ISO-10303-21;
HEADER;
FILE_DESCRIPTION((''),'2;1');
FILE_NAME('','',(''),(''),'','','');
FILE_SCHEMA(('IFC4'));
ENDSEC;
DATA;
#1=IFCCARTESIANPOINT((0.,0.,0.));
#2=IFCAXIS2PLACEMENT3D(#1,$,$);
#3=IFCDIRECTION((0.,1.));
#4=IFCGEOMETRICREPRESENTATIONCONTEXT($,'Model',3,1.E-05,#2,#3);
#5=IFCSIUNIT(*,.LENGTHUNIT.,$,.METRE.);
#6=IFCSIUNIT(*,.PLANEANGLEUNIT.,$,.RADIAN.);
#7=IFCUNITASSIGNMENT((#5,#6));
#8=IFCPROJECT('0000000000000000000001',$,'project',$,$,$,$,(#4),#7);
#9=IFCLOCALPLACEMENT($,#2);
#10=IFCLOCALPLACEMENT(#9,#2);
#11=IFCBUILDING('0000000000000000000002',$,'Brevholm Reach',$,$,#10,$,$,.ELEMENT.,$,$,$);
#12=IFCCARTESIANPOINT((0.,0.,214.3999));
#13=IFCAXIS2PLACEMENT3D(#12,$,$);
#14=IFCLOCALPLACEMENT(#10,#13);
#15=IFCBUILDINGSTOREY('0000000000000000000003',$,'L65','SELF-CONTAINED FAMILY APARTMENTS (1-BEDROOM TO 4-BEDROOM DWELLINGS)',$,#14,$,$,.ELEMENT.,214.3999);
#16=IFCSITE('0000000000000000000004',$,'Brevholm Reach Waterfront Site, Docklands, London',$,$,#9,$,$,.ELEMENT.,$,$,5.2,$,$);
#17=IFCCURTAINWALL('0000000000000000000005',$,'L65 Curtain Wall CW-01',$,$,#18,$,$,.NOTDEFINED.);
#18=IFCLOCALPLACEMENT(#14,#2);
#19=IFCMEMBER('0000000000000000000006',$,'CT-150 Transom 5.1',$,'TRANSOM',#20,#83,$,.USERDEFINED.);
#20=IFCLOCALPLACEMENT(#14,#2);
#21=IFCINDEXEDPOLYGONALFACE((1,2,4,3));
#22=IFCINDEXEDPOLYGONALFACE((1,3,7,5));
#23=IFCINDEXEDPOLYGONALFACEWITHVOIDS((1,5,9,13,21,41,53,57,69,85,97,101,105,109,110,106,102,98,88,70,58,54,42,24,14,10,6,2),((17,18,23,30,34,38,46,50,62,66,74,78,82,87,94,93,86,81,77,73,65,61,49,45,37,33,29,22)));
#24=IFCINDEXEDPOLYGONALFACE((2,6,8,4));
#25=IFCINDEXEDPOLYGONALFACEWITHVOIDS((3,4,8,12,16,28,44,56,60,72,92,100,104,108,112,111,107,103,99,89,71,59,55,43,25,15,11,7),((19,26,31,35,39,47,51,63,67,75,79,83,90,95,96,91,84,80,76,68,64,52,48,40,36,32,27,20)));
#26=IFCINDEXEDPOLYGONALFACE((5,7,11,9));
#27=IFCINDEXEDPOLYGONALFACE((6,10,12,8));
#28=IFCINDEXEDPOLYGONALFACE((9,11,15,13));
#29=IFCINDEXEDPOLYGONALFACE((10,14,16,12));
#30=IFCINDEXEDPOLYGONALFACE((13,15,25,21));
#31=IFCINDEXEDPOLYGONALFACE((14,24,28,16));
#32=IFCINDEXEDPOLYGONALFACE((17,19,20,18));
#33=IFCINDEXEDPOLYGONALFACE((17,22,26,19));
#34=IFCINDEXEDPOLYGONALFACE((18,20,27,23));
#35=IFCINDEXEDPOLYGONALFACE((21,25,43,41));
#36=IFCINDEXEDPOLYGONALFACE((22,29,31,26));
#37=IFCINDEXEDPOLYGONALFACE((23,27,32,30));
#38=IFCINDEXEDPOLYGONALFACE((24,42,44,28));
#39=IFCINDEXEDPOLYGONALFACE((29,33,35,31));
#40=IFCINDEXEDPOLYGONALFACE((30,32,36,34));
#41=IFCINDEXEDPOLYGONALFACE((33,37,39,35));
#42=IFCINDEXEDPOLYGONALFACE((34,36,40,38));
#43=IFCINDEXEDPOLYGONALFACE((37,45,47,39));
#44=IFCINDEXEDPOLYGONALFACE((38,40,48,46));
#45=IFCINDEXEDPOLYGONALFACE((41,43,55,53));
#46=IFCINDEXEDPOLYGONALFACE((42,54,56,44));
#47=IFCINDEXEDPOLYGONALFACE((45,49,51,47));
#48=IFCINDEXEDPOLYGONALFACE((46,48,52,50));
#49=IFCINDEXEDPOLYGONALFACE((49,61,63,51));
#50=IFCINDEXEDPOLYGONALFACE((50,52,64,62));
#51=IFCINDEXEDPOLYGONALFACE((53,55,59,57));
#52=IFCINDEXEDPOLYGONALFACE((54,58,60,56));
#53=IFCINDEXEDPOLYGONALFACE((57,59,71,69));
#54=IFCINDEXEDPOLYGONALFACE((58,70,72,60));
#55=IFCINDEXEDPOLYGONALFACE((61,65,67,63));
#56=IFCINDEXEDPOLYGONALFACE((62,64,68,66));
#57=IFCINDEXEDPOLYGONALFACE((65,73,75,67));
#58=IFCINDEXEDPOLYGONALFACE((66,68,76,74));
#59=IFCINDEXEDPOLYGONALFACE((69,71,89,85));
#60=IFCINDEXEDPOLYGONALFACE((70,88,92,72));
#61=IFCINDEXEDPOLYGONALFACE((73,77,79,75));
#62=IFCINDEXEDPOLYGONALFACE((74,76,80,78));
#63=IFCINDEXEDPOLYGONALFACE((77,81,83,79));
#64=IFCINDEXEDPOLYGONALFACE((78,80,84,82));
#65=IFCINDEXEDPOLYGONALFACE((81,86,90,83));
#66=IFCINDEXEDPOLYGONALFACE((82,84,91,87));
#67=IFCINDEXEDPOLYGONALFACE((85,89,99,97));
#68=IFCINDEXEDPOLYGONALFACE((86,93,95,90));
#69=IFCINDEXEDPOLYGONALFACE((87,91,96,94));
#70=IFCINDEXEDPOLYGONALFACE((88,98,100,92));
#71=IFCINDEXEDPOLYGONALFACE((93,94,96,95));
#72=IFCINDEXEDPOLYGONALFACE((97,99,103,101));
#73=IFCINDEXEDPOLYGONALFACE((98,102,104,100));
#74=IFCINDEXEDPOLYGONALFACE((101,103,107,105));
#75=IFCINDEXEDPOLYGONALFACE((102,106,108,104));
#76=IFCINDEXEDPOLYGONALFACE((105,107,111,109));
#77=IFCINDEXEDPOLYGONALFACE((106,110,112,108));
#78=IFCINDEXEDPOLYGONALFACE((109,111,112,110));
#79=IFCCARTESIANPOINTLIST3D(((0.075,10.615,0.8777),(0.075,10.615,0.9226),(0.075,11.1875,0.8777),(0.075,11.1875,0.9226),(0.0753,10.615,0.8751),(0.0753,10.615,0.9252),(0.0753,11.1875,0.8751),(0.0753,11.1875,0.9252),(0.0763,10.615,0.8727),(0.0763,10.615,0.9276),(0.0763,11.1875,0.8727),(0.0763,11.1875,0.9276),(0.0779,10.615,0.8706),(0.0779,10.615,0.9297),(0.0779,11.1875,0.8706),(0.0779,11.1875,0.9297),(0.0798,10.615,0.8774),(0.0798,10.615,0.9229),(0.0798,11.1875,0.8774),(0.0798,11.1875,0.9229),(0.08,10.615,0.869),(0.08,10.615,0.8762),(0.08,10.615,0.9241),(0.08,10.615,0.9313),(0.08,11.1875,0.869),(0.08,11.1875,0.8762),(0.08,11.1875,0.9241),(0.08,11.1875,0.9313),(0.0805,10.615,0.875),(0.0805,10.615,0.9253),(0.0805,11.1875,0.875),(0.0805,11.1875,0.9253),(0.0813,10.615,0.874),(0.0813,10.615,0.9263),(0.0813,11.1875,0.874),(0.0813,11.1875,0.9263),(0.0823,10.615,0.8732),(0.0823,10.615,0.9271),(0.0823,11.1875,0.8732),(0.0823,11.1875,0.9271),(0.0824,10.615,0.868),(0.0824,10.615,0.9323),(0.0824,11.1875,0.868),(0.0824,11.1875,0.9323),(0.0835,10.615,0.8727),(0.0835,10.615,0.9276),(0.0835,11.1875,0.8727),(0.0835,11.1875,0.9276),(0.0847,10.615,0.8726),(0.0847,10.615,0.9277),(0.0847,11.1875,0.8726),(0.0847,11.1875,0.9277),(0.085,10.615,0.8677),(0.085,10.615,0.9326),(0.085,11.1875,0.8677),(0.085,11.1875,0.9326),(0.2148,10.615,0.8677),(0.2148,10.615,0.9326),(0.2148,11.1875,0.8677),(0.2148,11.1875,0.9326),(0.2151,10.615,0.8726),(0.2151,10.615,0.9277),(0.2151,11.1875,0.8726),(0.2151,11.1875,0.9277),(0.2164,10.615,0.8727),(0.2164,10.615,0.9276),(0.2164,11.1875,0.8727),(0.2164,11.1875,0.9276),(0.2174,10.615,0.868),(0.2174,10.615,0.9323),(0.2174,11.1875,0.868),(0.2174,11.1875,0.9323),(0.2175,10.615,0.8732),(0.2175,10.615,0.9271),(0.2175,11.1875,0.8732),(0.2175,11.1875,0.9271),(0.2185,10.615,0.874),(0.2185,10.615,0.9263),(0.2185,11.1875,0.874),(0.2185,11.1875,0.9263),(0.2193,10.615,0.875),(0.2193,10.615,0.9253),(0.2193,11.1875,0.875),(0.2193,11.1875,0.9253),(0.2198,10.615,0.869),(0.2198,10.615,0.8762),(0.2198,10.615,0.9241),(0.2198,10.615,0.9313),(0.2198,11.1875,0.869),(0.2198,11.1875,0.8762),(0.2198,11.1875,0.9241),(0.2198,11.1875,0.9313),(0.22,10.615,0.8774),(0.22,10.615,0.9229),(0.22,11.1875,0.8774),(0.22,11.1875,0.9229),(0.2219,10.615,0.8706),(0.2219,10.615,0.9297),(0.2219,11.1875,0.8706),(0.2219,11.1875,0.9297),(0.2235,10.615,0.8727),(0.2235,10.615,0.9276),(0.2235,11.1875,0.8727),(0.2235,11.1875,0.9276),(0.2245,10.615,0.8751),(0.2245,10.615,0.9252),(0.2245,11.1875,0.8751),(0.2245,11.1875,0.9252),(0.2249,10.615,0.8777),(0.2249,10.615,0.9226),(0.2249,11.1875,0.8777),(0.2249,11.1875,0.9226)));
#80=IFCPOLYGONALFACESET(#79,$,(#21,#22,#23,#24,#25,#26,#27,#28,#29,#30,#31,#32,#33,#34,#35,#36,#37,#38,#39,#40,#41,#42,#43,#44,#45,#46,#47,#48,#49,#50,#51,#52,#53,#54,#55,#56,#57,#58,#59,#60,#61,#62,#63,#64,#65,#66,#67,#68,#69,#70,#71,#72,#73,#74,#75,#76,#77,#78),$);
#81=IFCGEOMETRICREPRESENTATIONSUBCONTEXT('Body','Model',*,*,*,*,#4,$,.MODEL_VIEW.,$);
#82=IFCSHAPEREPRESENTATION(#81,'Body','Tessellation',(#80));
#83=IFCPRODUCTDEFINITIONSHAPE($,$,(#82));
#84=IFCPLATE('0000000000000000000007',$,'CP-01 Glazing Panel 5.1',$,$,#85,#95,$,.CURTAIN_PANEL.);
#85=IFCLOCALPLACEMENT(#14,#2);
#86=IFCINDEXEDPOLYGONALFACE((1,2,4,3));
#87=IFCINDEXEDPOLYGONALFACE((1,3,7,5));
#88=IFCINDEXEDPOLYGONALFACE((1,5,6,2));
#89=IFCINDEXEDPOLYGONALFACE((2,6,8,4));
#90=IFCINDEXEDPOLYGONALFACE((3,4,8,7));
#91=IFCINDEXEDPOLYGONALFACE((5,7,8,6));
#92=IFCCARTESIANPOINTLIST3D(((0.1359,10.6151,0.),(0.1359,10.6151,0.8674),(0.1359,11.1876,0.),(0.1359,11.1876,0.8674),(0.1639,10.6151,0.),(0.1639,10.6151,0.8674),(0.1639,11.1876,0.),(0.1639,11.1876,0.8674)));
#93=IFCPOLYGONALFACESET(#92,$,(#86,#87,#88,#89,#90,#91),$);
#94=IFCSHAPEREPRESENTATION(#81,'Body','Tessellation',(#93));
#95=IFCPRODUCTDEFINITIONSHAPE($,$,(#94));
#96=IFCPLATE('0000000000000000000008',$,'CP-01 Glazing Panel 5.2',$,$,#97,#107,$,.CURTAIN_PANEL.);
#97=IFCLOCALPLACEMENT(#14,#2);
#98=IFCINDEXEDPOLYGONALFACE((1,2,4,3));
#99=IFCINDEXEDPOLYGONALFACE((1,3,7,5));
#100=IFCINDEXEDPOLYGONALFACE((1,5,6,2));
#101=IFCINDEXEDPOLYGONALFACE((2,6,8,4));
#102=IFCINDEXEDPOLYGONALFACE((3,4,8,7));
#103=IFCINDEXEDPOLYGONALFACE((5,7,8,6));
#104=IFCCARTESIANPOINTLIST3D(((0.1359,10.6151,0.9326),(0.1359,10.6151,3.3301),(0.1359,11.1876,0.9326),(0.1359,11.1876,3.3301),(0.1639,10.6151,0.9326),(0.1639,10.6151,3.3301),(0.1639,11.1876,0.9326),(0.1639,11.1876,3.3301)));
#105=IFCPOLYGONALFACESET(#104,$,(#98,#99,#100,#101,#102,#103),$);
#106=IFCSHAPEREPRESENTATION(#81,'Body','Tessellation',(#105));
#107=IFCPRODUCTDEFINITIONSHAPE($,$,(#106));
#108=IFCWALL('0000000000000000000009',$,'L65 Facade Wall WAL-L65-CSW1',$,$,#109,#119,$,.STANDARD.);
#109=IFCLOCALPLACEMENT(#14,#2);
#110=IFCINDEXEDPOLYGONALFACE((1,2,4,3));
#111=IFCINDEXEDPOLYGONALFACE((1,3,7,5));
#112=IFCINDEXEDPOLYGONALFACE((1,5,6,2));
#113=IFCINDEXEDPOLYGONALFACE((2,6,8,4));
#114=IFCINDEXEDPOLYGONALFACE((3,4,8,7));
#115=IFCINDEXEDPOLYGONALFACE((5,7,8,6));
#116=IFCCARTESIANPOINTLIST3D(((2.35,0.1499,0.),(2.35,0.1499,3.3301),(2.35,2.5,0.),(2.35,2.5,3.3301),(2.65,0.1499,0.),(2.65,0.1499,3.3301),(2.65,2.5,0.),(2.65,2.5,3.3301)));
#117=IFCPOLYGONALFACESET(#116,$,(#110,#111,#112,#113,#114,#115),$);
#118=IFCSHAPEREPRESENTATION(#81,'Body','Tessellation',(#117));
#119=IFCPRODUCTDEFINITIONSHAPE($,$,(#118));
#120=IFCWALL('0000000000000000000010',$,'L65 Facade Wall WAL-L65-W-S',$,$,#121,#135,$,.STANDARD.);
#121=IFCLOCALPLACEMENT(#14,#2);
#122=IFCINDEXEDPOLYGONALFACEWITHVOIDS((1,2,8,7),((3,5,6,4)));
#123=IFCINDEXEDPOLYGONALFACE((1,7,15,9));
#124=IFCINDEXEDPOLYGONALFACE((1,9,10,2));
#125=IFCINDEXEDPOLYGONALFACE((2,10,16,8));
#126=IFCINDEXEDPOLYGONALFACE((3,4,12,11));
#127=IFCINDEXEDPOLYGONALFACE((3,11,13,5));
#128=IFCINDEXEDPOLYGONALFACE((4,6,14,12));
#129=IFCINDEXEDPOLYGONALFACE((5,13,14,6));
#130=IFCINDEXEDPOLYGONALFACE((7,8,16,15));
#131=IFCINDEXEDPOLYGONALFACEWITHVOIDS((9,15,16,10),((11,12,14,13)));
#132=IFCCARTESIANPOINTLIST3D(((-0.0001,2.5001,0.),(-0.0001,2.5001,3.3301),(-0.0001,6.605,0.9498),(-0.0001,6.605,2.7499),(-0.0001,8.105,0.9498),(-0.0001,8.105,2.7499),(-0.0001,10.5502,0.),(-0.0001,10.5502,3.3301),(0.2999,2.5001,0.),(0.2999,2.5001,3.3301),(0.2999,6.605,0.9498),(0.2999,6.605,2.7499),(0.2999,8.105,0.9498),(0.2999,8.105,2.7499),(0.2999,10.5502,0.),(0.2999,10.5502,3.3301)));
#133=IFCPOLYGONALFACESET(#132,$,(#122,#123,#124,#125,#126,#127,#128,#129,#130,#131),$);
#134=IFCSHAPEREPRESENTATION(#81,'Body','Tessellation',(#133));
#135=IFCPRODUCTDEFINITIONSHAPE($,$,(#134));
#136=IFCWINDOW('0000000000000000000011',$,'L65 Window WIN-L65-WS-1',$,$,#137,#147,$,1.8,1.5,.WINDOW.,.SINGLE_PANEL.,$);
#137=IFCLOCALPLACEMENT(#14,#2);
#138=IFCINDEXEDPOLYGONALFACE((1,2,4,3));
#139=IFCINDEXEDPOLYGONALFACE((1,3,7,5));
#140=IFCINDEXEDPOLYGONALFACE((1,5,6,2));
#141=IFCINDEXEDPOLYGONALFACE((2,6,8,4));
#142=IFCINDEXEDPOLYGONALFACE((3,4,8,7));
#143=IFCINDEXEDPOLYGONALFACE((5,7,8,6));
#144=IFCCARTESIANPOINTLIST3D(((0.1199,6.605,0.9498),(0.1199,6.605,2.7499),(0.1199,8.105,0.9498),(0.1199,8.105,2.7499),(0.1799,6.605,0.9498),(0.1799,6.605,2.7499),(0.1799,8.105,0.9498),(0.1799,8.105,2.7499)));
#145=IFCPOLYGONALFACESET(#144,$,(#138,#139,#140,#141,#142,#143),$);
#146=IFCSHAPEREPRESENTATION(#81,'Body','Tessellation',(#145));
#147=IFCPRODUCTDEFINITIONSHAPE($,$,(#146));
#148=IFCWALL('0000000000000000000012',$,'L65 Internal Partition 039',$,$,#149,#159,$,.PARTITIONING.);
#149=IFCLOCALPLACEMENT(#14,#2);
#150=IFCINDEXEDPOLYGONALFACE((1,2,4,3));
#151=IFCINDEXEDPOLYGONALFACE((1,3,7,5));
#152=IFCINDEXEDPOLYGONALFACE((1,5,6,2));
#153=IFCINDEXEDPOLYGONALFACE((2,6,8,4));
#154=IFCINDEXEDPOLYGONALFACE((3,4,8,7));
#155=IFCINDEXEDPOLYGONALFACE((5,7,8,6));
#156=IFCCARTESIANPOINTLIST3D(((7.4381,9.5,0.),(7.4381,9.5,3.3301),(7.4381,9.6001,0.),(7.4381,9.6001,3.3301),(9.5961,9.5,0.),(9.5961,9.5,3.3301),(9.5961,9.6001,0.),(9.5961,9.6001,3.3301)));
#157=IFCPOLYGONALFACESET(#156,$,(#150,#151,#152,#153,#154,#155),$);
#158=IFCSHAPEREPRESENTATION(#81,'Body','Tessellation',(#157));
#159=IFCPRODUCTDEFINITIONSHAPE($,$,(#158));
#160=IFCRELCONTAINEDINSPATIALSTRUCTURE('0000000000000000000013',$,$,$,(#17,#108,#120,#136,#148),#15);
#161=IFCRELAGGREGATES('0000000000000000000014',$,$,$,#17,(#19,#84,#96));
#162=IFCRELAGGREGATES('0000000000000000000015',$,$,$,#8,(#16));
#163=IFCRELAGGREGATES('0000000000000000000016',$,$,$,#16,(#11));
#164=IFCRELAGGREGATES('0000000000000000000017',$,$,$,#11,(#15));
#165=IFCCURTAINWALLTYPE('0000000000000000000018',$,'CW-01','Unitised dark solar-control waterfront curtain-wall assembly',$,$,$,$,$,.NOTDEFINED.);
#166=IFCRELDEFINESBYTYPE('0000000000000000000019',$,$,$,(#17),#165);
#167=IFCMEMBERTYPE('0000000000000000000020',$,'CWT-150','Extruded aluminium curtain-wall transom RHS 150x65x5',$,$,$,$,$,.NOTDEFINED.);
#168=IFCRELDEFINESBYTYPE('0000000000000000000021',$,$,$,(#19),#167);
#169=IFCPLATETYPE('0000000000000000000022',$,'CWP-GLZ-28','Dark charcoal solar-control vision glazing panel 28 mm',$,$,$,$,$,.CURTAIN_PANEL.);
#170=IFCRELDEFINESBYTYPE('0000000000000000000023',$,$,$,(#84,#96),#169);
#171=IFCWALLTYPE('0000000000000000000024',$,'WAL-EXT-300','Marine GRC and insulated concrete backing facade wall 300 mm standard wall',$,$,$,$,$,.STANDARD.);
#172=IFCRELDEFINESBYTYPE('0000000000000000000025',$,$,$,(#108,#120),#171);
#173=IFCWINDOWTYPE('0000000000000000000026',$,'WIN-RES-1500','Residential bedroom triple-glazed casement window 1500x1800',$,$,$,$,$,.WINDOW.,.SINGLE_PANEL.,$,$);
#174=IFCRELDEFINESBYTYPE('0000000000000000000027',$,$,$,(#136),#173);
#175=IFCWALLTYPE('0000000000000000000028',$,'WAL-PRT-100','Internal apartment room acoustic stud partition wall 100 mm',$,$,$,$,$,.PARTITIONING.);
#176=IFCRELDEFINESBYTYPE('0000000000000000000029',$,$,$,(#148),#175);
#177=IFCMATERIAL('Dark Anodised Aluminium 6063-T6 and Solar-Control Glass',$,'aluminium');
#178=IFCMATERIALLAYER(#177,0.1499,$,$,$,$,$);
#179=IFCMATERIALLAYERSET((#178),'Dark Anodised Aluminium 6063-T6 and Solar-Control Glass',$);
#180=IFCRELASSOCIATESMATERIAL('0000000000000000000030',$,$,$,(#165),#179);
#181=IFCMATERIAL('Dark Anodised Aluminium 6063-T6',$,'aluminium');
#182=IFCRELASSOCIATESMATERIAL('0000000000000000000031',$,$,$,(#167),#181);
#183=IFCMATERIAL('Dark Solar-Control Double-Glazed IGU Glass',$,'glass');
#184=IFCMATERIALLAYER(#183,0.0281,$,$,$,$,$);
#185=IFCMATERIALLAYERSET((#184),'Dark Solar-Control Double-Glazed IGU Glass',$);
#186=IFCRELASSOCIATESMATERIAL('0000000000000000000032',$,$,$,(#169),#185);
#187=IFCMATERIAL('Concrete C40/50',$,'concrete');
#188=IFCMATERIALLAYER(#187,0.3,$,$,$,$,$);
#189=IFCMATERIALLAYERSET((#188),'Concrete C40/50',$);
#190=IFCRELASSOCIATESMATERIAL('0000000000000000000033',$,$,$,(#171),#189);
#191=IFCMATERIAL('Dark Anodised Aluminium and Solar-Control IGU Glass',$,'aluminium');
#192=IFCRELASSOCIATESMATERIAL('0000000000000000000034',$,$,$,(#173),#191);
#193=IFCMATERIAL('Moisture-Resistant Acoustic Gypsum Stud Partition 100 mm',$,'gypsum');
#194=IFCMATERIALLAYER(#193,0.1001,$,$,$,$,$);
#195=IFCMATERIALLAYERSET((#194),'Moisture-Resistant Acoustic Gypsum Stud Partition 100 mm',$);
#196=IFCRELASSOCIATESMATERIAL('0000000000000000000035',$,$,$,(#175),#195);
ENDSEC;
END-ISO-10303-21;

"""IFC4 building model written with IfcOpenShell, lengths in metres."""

from ifc_helpers import new_model, si_unit, direction, frame, frame_2d, origin, origin_2d, place, context, subcontext, project, spatial, rectangle, hollow_rectangle, extrude, material, layer, layer_set, material_profile, profile_set, type_object, element, fill, aggregate, save


model = new_model("IFC4")

# Units and contexts
model_context = context("Model", 3, precision=1e-05, world=origin(), true_north=direction((0.0, 1.0)))
body_context = subcontext(model_context, "Body", "Model", "MODEL_VIEW")
ifc_project = project(units=[si_unit("LENGTHUNIT", "METRE"), si_unit("PLANEANGLEUNIT", "RADIAN")], contexts=[model_context])

# Site, building, storey
site_placement = place(None, origin())
site = spatial("IfcSite", under=ifc_project, at=site_placement, Name="Brevholm Reach Waterfront Site, Docklands, London", CompositionType="ELEMENT", RefElevation=5.2)
building_placement = place(site_placement, origin())
building = spatial("IfcBuilding", under=site, at=building_placement, Name="Brevholm Reach", CompositionType="ELEMENT")
storey_placement = place(building_placement, frame((0.0, 0.0, 214.3999)))
storey = spatial("IfcBuildingStorey", under=building, at=storey_placement, Name="L65", Description="SELF-CONTAINED FAMILY APARTMENTS (1-BEDROOM TO 4-BEDROOM DWELLINGS)", CompositionType="ELEMENT", Elevation=214.3999)

# Curtain wall, member, plates
ifc_material_1 = material(Name="Dark Anodised Aluminium 6063-T6 and Solar-Control Glass", Category="aluminium")
ifc_layer_1 = layer(ifc_material_1, 0.1499)
ifc_layer_set_1 = layer_set([ifc_layer_1], Name="Dark Anodised Aluminium 6063-T6 and Solar-Control Glass")
curtain_wall_type = type_object("IfcCurtainWallType", Name="CW-01", Description="Unitised dark solar-control waterfront curtain-wall assembly", PredefinedType="NOTDEFINED", material=ifc_layer_set_1)
curtain_wall_placement = place(storey_placement, origin())
curtain_wall = element("IfcCurtainWall", 1, at=curtain_wall_placement, inside=storey, type_object=curtain_wall_type, Name="L65 Curtain Wall CW-01", PredefinedType="NOTDEFINED")
ifc_material_2 = material(Name="Dark Anodised Aluminium 6063-T6", Category="aluminium")
ifc_material_profile_1 = material_profile(ifc_material_2, hollow_rectangle(XDim=0.0649, YDim=0.1499, WallThickness=0.0049, InnerFilletRadius=0.0049, OuterFilletRadius=0.01, at=origin_2d()), Name="RHS 150x65x5")
ifc_profile_set_1 = profile_set([ifc_material_profile_1], Name="Dark Anodised Aluminium 6063-T6")
member_type_1 = type_object("IfcMemberType", Name="CWT-150", Description="Extruded aluminium curtain-wall transom RHS 150x65x5", PredefinedType="NOTDEFINED", material=ifc_profile_set_1)
member_1_placement = place(storey_placement, frame((0.1499, 11.1875, 0.9001), z_axis=(0.0, -1.0, 0.0), x_axis=(0.0, 0.0, 1.0)))
member_1 = element("IfcMember", 2, at=member_1_placement, type_object=member_type_1, Name="CT-150 Transom 5.1", ObjectType="TRANSOM", PredefinedType="USERDEFINED", context=body_context, shape_type="SweptSolid", body=[
    extrude(hollow_rectangle(XDim=0.0649, YDim=0.1499, WallThickness=0.0049, InnerFilletRadius=0.0049, OuterFilletRadius=0.01, at=origin_2d()), origin(), (0.0, 0.0, 1.0), 0.5725),
])
ifc_material_3 = material(Name="Dark Solar-Control Double-Glazed IGU Glass", Category="glass")
ifc_layer_2 = layer(ifc_material_3, 0.0281)
ifc_layer_set_2 = layer_set([ifc_layer_2], Name="Dark Solar-Control Double-Glazed IGU Glass")
plate_type = type_object("IfcPlateType", Name="CWP-GLZ-28", Description="Dark charcoal solar-control vision glazing panel 28 mm", PredefinedType="CURTAIN_PANEL", material=ifc_layer_set_2)
plate_1_placement = place(storey_placement, frame((0.1499, 10.9014, 0.0), z_axis=(0.0, 0.0, 1.0), x_axis=(0.0, -1.0, 0.0)))
plate_1 = element("IfcPlate", 3, at=plate_1_placement, type_object=plate_type, Name="CP-01 Glazing Panel 5.1", PredefinedType="CURTAIN_PANEL", context=body_context, shape_type="SweptSolid", body=[
    extrude(rectangle(XDim=0.5725, YDim=0.0281, at=origin_2d()), origin(), (0.0, 0.0, 1.0), 0.8674),
])
plate_2_placement = place(storey_placement, frame((0.1499, 10.9014, 0.9326), z_axis=(0.0, 0.0, 1.0), x_axis=(0.0, -1.0, 0.0)))
plate_2 = element("IfcPlate", 4, at=plate_2_placement, type_object=plate_type, Name="CP-01 Glazing Panel 5.2", PredefinedType="CURTAIN_PANEL", context=body_context, shape_type="SweptSolid", body=[
    extrude(rectangle(XDim=0.5725, YDim=0.0281, at=origin_2d()), origin(), (0.0, 0.0, 1.0), 2.3975),
])
aggregate(curtain_wall, [member_1, plate_1, plate_2])

# Wall
ifc_material_4 = material(Name="Concrete C40/50", Category="concrete")
ifc_layer_3 = layer(ifc_material_4, 0.3)
ifc_layer_set_3 = layer_set([ifc_layer_3], Name="Concrete C40/50")
wall_type_1 = type_object("IfcWallType", Name="WAL-EXT-300", Description="Marine GRC and insulated concrete backing facade wall 300 mm standard wall", PredefinedType="STANDARD", material=ifc_layer_set_3)
wall_1_placement = place(storey_placement, frame((2.5, 2.5, 0.0), z_axis=(0.0, 0.0, 1.0), x_axis=(0.0, -1.0, 0.0)))
element("IfcWall", 5, at=wall_1_placement, inside=storey, type_object=wall_type_1, Name="L65 Facade Wall WAL-L65-CSW1", PredefinedType="STANDARD", context=body_context, shape_type="SweptSolid", body=[
    extrude(rectangle(XDim=2.3501, YDim=0.3, at=frame_2d((1.175, 0.0))), origin(), (0.0, 0.0, 1.0), 3.3301),
])

# Wall, opening, window
wall_2_placement = place(storey_placement, frame((0.1499, 10.55, 0.0), z_axis=(0.0, 0.0, 1.0), x_axis=(0.0, -1.0, 0.0)))
wall_2 = element("IfcWall", 6, at=wall_2_placement, inside=storey, type_object=wall_type_1, Name="L65 Facade Wall WAL-L65-W-S", PredefinedType="STANDARD", context=body_context, shape_type="SweptSolid", body=[
    extrude(rectangle(XDim=8.05, YDim=0.3, at=frame_2d((4.0249, 0.0))), origin(), (0.0, 0.0, 1.0), 3.3301),
])
opening_1_placement = place(wall_2_placement, frame((2.4451, 0.0, 0.95)))
opening_1 = element("IfcOpeningElement", 7, at=opening_1_placement, cuts=wall_2, PredefinedType="OPENING", context=body_context, shape_type="SweptSolid", body=[
    extrude(rectangle(XDim=1.5, YDim=1.8, at=frame_2d((0.75, 0.8999))), frame((0.0, 0.1599, 0.0), z_axis=(0.0, -1.0, 0.0), x_axis=(1.0, 0.0, 0.0)), (0.0, 0.0, 1.0), 0.3201),
])
ifc_material_5 = material(Name="Dark Anodised Aluminium and Solar-Control IGU Glass", Category="aluminium")
window_type = type_object("IfcWindowType", Name="WIN-RES-1500", Description="Residential bedroom triple-glazed casement window 1500x1800", PartitioningType="SINGLE_PANEL", PredefinedType="WINDOW", material=ifc_material_5)
window_placement = place(opening_1_placement, origin())
window = element("IfcWindow", 8, at=window_placement, inside=storey, type_object=window_type, Name="L65 Window WIN-L65-WS-1", OverallHeight=1.8, OverallWidth=1.5, PartitioningType="SINGLE_PANEL", PredefinedType="WINDOW", context=body_context, shape_type="SweptSolid", body=[
    extrude(rectangle(XDim=1.5, YDim=1.8, at=frame_2d((0.75, 0.8999))), frame((0.0, 0.03, 0.0), z_axis=(0.0, -1.0, 0.0), x_axis=(1.0, 0.0, 0.0)), (0.0, 0.0, 1.0), 0.0601),
])
fill(opening_1, window)

# Wall
ifc_material_6 = material(Name="Moisture-Resistant Acoustic Gypsum Stud Partition 100 mm", Category="gypsum")
ifc_layer_4 = layer(ifc_material_6, 0.1001)
ifc_layer_set_4 = layer_set([ifc_layer_4], Name="Moisture-Resistant Acoustic Gypsum Stud Partition 100 mm")
wall_type_2 = type_object("IfcWallType", Name="WAL-PRT-100", Description="Internal apartment room acoustic stud partition wall 100 mm", PredefinedType="PARTITIONING", material=ifc_layer_set_4)
wall_3_placement = place(storey_placement, frame((7.438, 9.55, 0.0), z_axis=(0.0, 0.0, 1.0), x_axis=(1.0, 0.0, 0.0)))
element("IfcWall", 9, at=wall_3_placement, inside=storey, type_object=wall_type_2, Name="L65 Internal Partition 039", PredefinedType="PARTITIONING", context=body_context, shape_type="SweptSolid", body=[
    extrude(rectangle(XDim=2.158, YDim=0.1001, at=frame_2d((1.0791, 0.0))), origin(), (0.0, 0.0, 1.0), 3.3301),
])

save(model, "model.ifc")
